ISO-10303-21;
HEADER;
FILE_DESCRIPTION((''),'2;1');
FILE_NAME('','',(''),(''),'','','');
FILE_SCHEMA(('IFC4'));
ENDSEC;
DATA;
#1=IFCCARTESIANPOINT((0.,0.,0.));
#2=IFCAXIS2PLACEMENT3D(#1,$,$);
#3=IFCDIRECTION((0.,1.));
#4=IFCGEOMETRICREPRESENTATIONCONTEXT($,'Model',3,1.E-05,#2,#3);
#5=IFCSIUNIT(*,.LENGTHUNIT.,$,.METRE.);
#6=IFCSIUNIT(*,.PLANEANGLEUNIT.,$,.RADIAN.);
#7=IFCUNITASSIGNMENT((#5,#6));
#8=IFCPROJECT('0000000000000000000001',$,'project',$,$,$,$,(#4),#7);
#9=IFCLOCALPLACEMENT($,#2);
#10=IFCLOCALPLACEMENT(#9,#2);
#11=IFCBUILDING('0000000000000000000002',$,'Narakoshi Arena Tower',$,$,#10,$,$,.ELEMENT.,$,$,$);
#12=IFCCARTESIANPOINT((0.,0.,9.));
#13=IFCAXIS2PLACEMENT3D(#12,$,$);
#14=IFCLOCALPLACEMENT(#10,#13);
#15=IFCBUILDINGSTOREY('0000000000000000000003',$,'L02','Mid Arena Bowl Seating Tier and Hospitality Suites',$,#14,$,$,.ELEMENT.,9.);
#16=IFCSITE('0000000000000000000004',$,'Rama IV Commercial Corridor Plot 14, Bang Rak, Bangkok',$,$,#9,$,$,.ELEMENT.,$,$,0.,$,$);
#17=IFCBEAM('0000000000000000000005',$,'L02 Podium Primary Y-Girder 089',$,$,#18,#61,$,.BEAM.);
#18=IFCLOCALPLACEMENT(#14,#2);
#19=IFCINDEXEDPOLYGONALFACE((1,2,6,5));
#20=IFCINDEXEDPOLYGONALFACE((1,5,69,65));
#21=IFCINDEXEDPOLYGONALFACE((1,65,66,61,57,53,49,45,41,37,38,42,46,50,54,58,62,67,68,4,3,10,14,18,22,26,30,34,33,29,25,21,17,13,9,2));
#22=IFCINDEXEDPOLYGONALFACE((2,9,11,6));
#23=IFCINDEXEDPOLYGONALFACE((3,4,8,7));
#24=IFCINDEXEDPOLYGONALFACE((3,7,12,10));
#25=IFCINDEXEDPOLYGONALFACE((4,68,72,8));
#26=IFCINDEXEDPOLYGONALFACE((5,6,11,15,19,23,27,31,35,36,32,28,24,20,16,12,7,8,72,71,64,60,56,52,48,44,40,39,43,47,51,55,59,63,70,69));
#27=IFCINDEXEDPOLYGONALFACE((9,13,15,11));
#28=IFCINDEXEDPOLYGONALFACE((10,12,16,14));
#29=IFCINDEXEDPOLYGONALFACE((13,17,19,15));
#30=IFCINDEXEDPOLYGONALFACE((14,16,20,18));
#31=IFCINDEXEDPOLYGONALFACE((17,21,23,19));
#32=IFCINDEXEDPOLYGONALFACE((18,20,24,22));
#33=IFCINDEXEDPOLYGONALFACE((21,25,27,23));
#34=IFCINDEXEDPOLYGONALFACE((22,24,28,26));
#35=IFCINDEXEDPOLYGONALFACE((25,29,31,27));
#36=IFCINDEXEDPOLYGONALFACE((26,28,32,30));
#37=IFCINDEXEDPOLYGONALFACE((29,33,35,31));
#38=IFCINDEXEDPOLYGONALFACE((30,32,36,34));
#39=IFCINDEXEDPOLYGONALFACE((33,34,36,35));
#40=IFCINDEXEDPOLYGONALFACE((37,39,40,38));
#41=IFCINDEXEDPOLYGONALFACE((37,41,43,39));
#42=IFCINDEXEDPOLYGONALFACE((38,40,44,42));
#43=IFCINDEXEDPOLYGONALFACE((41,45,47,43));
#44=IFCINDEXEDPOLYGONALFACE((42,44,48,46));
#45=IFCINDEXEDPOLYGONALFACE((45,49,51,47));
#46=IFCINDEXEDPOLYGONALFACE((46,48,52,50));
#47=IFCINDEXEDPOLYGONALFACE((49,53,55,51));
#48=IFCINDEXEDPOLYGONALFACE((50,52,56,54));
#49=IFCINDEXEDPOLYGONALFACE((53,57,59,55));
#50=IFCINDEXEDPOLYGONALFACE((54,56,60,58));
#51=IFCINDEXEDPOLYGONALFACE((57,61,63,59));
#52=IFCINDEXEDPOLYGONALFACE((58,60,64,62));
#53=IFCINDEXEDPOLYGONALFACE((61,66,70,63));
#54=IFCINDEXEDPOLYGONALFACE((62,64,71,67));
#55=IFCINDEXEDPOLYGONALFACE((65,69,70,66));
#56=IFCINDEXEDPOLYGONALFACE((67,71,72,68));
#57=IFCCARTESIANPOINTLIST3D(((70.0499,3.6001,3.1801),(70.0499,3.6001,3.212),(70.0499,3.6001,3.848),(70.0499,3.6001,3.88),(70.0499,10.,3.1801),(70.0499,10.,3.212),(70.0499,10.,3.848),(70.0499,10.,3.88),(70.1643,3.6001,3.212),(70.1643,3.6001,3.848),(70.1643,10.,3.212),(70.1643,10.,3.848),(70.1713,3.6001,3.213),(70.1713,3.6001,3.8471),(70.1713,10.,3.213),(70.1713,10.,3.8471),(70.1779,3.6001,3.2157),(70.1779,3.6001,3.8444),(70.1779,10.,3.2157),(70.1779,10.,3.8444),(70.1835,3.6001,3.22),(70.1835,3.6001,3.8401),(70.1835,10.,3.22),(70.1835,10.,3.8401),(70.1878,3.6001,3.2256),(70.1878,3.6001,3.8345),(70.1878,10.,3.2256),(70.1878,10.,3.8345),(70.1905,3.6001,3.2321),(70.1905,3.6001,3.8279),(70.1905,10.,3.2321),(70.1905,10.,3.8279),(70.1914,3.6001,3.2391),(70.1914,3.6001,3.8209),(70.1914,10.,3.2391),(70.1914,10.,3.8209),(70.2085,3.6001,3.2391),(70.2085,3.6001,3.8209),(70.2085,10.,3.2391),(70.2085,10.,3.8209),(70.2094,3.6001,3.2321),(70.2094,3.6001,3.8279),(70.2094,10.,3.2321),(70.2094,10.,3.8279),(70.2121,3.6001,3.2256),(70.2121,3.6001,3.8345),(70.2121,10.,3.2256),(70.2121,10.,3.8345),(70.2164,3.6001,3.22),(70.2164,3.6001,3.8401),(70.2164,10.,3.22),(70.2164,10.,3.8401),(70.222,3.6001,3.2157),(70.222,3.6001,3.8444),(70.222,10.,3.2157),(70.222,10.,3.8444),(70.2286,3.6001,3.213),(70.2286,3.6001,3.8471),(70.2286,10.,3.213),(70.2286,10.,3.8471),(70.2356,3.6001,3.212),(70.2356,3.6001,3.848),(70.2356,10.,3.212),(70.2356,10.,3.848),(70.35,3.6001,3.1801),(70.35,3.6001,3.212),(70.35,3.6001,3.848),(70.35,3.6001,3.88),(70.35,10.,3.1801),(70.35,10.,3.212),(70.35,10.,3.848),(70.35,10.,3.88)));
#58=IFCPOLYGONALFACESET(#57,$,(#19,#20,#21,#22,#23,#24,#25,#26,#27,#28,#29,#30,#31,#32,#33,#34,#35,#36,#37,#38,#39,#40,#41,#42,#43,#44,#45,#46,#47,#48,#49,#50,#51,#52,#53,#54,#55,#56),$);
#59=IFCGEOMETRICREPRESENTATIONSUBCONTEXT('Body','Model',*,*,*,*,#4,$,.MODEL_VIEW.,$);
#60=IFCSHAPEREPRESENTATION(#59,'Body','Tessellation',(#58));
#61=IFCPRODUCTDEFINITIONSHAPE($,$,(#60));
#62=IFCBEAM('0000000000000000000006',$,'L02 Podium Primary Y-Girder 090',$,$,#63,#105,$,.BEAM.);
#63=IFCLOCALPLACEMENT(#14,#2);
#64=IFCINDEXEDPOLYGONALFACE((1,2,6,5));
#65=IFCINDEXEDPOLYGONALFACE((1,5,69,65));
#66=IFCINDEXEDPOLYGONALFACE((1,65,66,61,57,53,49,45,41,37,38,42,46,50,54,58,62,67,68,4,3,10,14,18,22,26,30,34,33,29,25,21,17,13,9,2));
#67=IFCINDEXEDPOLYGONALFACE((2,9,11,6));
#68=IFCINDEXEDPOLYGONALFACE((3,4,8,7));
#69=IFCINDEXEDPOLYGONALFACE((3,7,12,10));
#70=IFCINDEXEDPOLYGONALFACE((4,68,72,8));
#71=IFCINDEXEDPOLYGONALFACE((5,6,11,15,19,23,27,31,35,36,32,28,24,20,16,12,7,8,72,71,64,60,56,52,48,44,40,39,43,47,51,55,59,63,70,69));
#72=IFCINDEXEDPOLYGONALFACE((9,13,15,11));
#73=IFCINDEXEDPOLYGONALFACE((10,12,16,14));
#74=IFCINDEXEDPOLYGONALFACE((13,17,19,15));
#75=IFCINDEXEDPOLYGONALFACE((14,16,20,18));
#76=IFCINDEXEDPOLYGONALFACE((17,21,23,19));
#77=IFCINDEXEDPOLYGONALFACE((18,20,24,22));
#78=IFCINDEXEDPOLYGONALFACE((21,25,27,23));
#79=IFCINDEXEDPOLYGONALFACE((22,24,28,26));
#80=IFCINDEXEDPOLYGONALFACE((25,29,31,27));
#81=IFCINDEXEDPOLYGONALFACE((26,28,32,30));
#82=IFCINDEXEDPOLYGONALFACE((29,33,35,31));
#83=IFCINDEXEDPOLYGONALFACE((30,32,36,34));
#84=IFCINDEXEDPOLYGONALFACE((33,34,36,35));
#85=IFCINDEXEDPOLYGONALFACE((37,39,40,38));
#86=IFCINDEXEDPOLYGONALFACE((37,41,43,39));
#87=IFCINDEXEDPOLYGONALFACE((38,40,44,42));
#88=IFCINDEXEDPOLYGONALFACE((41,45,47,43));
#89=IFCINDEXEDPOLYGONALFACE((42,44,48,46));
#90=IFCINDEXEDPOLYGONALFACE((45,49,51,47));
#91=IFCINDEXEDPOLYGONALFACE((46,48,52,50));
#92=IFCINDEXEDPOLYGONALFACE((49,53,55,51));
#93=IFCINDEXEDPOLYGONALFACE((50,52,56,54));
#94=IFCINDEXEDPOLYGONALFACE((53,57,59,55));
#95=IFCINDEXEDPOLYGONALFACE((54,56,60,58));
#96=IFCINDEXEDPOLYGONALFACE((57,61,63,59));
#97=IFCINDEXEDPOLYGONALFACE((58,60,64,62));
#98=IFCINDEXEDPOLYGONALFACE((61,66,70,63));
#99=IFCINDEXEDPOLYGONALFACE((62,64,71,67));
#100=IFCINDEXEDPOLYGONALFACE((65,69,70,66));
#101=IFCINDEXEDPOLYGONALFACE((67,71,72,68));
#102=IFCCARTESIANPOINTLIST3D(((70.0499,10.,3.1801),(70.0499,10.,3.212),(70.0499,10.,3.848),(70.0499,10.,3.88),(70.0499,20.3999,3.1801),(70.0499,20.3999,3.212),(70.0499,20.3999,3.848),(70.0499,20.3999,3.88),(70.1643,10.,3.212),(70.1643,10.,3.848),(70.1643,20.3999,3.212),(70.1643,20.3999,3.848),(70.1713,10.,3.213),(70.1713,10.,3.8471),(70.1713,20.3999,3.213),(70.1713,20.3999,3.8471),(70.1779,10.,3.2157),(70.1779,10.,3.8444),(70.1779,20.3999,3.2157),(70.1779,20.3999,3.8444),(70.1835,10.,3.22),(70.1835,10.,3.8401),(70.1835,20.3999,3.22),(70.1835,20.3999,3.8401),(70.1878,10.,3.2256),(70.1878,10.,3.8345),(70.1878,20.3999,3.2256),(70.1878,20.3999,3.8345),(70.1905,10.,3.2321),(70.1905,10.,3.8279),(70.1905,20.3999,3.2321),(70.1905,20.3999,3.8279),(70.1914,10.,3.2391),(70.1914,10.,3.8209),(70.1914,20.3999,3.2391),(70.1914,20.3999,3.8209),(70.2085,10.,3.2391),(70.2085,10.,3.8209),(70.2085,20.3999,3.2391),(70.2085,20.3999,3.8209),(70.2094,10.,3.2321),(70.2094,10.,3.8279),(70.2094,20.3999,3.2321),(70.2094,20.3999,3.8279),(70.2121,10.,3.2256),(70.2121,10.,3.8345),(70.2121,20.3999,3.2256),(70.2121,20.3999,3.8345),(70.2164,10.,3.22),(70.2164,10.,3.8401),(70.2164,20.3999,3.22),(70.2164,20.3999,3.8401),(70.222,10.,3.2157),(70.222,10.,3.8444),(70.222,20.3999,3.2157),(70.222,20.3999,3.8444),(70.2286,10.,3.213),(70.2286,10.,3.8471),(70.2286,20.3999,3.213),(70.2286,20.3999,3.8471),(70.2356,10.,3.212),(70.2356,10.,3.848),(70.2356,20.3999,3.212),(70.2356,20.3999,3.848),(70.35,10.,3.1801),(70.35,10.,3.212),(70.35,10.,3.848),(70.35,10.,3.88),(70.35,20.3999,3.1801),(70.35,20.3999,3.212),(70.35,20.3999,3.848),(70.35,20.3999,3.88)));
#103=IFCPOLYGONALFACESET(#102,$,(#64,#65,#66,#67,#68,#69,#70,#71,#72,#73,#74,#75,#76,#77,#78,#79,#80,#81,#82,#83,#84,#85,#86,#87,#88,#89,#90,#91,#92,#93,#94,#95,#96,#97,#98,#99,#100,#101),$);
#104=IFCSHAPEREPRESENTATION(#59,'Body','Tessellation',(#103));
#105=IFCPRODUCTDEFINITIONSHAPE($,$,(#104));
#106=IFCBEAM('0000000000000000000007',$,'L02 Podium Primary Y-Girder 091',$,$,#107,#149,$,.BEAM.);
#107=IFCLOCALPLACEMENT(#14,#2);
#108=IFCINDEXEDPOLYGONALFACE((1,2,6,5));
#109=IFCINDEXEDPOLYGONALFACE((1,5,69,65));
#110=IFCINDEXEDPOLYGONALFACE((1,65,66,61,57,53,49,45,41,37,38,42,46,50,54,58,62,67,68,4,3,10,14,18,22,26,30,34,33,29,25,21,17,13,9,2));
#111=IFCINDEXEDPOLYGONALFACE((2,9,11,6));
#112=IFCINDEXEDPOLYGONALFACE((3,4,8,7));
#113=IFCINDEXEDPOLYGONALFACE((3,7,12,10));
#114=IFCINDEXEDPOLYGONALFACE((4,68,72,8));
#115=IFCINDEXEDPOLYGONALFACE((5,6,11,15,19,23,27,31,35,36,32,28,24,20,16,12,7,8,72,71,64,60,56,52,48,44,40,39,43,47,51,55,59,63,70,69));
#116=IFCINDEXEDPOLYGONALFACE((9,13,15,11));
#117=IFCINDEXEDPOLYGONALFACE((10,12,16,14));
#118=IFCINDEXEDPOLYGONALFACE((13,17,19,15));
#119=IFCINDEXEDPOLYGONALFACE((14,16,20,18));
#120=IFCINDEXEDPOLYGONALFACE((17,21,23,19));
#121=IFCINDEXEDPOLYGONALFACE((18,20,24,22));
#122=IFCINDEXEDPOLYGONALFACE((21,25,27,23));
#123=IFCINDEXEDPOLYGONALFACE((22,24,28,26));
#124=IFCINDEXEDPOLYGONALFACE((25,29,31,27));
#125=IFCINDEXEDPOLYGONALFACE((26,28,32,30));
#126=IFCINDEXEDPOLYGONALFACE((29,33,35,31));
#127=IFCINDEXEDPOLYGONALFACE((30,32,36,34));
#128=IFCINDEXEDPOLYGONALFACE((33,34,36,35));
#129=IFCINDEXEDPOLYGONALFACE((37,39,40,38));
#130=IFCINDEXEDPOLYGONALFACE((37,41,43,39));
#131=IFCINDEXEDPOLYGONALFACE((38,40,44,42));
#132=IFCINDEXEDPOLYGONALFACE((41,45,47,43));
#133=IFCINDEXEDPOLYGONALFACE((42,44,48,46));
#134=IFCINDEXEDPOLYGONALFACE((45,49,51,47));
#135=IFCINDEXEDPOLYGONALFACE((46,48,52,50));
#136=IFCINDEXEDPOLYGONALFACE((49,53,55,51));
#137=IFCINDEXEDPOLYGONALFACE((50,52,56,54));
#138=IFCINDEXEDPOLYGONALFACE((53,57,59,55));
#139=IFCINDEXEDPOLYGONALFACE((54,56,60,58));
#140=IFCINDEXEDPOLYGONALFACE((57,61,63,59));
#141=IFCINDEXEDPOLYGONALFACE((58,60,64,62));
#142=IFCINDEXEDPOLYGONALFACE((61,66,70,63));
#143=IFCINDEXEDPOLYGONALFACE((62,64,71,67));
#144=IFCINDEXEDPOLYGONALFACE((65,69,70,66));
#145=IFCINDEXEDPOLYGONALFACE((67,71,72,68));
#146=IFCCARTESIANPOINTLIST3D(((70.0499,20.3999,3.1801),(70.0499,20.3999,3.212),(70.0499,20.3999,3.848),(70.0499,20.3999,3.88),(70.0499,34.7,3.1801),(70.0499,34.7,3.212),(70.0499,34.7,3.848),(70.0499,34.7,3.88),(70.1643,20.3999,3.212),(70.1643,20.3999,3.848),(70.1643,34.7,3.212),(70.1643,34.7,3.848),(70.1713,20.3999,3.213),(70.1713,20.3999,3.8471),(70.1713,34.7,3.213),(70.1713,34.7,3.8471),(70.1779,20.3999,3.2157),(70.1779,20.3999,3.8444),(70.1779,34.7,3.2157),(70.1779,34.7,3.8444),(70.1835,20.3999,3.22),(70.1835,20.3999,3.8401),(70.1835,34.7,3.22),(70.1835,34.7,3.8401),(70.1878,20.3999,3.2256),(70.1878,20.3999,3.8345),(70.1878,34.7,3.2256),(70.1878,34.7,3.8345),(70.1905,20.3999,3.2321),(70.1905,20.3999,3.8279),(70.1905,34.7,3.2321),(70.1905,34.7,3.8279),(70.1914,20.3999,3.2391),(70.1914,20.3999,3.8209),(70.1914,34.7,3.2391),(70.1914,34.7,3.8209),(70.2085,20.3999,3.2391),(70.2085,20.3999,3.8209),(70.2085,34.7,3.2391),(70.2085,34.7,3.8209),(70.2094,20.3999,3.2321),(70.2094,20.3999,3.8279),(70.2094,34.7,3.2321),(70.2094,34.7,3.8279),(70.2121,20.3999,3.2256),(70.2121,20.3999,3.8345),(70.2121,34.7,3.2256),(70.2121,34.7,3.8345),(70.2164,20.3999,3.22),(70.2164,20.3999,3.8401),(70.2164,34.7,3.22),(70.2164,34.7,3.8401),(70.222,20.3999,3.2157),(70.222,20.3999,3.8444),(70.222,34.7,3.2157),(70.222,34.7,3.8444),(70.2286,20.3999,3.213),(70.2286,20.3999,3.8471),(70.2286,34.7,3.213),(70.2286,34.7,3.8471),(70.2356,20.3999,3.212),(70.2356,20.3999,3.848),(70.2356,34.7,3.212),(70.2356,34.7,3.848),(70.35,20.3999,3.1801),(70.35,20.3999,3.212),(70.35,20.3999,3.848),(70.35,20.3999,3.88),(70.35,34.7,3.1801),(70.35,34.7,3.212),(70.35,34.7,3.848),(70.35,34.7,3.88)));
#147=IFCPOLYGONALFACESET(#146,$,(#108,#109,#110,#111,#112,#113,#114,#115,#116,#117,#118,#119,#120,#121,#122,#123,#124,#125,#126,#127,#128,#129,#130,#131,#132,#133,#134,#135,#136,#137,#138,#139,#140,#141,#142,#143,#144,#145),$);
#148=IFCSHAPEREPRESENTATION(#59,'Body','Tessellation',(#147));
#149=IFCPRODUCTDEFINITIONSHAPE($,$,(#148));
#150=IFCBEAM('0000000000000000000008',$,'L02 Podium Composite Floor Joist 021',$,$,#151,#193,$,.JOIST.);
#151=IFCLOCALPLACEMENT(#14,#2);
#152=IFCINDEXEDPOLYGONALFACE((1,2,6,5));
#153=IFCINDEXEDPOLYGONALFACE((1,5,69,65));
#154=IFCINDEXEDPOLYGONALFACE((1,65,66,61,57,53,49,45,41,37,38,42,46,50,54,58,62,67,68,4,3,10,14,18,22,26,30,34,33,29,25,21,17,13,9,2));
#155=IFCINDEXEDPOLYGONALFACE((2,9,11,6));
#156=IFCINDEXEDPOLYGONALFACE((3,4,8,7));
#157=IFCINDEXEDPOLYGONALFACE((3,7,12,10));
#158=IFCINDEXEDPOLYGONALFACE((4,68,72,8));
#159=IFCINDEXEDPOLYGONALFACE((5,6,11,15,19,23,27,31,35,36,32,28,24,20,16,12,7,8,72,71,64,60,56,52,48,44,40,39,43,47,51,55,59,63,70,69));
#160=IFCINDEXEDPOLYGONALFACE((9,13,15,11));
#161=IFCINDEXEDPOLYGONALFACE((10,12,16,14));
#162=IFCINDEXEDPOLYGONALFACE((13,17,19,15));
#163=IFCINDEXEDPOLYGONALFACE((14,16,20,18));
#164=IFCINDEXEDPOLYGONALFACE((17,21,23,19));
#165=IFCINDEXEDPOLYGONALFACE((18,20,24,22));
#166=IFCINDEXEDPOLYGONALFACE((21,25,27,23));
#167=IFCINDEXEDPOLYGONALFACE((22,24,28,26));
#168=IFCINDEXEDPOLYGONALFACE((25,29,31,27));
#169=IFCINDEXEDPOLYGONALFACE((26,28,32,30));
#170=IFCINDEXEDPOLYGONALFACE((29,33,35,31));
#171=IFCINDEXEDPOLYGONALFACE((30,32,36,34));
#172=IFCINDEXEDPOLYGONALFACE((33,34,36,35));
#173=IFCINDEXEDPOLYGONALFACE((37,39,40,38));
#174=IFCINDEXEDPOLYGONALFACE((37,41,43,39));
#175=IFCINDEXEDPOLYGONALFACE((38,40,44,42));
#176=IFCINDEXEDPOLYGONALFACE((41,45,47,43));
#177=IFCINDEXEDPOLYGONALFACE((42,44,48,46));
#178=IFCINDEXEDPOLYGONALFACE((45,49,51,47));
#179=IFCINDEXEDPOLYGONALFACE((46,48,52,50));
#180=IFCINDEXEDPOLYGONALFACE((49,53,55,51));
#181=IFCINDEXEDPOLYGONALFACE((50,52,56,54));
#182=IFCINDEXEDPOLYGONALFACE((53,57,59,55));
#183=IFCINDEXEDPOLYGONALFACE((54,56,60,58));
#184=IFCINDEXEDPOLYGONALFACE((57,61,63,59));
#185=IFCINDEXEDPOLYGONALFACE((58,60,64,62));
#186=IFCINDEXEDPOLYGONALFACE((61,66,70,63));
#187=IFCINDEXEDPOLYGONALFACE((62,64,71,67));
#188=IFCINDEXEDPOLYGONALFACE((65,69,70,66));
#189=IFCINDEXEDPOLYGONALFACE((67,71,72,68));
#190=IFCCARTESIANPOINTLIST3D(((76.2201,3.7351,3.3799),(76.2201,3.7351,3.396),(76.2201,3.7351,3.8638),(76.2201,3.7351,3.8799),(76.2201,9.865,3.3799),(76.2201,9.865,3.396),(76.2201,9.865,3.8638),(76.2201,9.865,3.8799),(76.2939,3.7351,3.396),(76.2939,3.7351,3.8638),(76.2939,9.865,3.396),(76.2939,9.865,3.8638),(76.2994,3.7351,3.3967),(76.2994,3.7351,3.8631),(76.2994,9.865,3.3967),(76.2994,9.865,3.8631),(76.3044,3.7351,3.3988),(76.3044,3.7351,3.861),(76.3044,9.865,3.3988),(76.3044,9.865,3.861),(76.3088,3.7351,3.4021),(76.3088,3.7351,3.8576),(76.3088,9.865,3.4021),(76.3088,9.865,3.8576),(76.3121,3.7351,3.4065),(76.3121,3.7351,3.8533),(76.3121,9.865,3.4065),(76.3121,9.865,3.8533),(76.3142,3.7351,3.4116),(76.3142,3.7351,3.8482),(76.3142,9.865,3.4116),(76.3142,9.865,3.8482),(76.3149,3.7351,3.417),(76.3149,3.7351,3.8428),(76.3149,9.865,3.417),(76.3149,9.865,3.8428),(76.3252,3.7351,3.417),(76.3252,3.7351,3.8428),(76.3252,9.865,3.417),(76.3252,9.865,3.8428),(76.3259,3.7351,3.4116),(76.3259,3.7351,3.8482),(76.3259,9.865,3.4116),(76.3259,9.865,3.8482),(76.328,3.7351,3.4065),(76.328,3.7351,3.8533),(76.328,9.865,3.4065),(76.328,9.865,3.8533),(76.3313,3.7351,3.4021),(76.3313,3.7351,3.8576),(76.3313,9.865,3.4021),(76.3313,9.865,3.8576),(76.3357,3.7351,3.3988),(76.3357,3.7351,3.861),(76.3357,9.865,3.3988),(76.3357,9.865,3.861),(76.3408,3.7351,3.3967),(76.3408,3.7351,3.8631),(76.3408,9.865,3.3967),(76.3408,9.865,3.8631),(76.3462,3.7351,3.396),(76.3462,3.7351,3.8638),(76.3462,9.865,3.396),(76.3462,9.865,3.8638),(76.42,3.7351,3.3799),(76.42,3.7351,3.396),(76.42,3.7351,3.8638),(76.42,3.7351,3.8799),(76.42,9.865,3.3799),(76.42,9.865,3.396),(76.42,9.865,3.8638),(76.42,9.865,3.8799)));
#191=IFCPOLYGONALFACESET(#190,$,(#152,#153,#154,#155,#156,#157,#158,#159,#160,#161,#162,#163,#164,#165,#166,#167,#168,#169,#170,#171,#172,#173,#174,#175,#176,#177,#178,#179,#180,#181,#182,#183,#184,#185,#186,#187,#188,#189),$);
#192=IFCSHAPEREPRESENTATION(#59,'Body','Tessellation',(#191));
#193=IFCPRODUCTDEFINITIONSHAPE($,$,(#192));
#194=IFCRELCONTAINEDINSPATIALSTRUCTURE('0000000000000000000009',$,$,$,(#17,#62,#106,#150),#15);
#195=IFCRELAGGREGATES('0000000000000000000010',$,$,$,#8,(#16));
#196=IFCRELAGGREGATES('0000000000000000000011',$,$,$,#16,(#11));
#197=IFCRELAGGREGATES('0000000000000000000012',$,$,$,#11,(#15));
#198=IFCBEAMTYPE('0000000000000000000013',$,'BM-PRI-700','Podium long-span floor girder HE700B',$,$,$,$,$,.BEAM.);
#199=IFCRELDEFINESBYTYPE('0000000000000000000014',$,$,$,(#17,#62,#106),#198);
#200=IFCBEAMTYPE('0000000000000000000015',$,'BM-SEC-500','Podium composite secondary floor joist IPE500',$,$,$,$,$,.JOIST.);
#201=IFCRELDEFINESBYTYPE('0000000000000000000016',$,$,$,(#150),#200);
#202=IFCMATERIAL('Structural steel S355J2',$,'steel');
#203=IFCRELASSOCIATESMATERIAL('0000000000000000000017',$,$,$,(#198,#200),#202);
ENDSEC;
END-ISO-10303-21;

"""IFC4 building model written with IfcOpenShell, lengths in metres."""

from ifc_helpers import new_model, si_unit, direction, frame, origin, origin_2d, place, context, subcontext, project, spatial, i_section, extrude, material, material_profile, profile_set, type_object, element, save


model = new_model("IFC4")

# Units and contexts
model_context = context("Model", 3, precision=1e-05, world=origin(), true_north=direction((0.0, 1.0)))
body_context = subcontext(model_context, "Body", "Model", "MODEL_VIEW")
ifc_project = project(units=[si_unit("LENGTHUNIT", "METRE"), si_unit("PLANEANGLEUNIT", "RADIAN")], contexts=[model_context])

# Site, building, storey
site_placement = place(None, origin())
site = spatial("IfcSite", under=ifc_project, at=site_placement, Name="Rama IV Commercial Corridor Plot 14, Bang Rak, Bangkok", CompositionType="ELEMENT", RefElevation=0.0)
building_placement = place(site_placement, origin())
building = spatial("IfcBuilding", under=site, at=building_placement, Name="Narakoshi Arena Tower", CompositionType="ELEMENT")
storey_placement = place(building_placement, frame((0.0, 0.0, 9.0)))
storey = spatial("IfcBuildingStorey", under=building, at=storey_placement, Name="L02", Description="Mid Arena Bowl Seating Tier and Hospitality Suites", CompositionType="ELEMENT", Elevation=9.0)

# Beams
ifc_material_1 = material(Name="Structural steel S355J2", Category="steel")
ifc_material_profile_1 = material_profile(ifc_material_1, i_section(OverallWidth=0.3, OverallDepth=0.7, WebThickness=0.0171, FlangeThickness=0.032, FilletRadius=0.0271, at=origin_2d()), Name="HE700B")
ifc_profile_set_1 = profile_set([ifc_material_profile_1], Name="Structural steel S355J2")
beam_type_1 = type_object("IfcBeamType", Name="BM-PRI-700", Description="Podium long-span floor girder HE700B", PredefinedType="BEAM", material=ifc_profile_set_1)
beam_1_placement = place(storey_placement, frame((70.2, 3.6001, 3.53), z_axis=(0.0, 1.0, 0.0), x_axis=(-1.0, 0.0, 0.0)))
element("IfcBeam", 1, at=beam_1_placement, inside=storey, type_object=beam_type_1, Name="L02 Podium Primary Y-Girder 089", PredefinedType="BEAM", context=body_context, shape_type="SweptSolid", body=[
    extrude(i_section(OverallWidth=0.3, OverallDepth=0.7, WebThickness=0.0171, FlangeThickness=0.032, FilletRadius=0.0271, at=origin_2d()), origin(), (0.0, 0.0, 1.0), 6.3999),
])
beam_2_placement = place(storey_placement, frame((70.2, 10.0, 3.53), z_axis=(0.0, 1.0, 0.0), x_axis=(-1.0, 0.0, 0.0)))
element("IfcBeam", 2, at=beam_2_placement, inside=storey, type_object=beam_type_1, Name="L02 Podium Primary Y-Girder 090", PredefinedType="BEAM", context=body_context, shape_type="SweptSolid", body=[
    extrude(i_section(OverallWidth=0.3, OverallDepth=0.7, WebThickness=0.0171, FlangeThickness=0.032, FilletRadius=0.0271, at=origin_2d()), origin(), (0.0, 0.0, 1.0), 10.3999),
])
beam_3_placement = place(storey_placement, frame((70.2, 20.3999, 3.53), z_axis=(0.0, 1.0, 0.0), x_axis=(-1.0, 0.0, 0.0)))
element("IfcBeam", 3, at=beam_3_placement, inside=storey, type_object=beam_type_1, Name="L02 Podium Primary Y-Girder 091", PredefinedType="BEAM", context=body_context, shape_type="SweptSolid", body=[
    extrude(i_section(OverallWidth=0.3, OverallDepth=0.7, WebThickness=0.0171, FlangeThickness=0.032, FilletRadius=0.0271, at=origin_2d()), origin(), (0.0, 0.0, 1.0), 14.3),
])
ifc_material_profile_2 = material_profile(ifc_material_1, i_section(OverallWidth=0.2, OverallDepth=0.5, WebThickness=0.0103, FlangeThickness=0.0161, FilletRadius=0.021, at=origin_2d()), Name="IPE500")
ifc_profile_set_2 = profile_set([ifc_material_profile_2], Name="Structural steel S355J2")
beam_type_2 = type_object("IfcBeamType", Name="BM-SEC-500", Description="Podium composite secondary floor joist IPE500", PredefinedType="JOIST", material=ifc_profile_set_2)
beam_4_placement = place(storey_placement, frame((76.3201, 3.7351, 3.6299), z_axis=(0.0, 1.0, 0.0), x_axis=(-1.0, 0.0, 0.0)))
element("IfcBeam", 4, at=beam_4_placement, inside=storey, type_object=beam_type_2, Name="L02 Podium Composite Floor Joist 021", PredefinedType="JOIST", context=body_context, shape_type="SweptSolid", body=[
    extrude(i_section(OverallWidth=0.2, OverallDepth=0.5, WebThickness=0.0103, FlangeThickness=0.0161, FilletRadius=0.021, at=origin_2d()), origin(), (0.0, 0.0, 1.0), 6.1299),
])

save(model, "model.ifc")
